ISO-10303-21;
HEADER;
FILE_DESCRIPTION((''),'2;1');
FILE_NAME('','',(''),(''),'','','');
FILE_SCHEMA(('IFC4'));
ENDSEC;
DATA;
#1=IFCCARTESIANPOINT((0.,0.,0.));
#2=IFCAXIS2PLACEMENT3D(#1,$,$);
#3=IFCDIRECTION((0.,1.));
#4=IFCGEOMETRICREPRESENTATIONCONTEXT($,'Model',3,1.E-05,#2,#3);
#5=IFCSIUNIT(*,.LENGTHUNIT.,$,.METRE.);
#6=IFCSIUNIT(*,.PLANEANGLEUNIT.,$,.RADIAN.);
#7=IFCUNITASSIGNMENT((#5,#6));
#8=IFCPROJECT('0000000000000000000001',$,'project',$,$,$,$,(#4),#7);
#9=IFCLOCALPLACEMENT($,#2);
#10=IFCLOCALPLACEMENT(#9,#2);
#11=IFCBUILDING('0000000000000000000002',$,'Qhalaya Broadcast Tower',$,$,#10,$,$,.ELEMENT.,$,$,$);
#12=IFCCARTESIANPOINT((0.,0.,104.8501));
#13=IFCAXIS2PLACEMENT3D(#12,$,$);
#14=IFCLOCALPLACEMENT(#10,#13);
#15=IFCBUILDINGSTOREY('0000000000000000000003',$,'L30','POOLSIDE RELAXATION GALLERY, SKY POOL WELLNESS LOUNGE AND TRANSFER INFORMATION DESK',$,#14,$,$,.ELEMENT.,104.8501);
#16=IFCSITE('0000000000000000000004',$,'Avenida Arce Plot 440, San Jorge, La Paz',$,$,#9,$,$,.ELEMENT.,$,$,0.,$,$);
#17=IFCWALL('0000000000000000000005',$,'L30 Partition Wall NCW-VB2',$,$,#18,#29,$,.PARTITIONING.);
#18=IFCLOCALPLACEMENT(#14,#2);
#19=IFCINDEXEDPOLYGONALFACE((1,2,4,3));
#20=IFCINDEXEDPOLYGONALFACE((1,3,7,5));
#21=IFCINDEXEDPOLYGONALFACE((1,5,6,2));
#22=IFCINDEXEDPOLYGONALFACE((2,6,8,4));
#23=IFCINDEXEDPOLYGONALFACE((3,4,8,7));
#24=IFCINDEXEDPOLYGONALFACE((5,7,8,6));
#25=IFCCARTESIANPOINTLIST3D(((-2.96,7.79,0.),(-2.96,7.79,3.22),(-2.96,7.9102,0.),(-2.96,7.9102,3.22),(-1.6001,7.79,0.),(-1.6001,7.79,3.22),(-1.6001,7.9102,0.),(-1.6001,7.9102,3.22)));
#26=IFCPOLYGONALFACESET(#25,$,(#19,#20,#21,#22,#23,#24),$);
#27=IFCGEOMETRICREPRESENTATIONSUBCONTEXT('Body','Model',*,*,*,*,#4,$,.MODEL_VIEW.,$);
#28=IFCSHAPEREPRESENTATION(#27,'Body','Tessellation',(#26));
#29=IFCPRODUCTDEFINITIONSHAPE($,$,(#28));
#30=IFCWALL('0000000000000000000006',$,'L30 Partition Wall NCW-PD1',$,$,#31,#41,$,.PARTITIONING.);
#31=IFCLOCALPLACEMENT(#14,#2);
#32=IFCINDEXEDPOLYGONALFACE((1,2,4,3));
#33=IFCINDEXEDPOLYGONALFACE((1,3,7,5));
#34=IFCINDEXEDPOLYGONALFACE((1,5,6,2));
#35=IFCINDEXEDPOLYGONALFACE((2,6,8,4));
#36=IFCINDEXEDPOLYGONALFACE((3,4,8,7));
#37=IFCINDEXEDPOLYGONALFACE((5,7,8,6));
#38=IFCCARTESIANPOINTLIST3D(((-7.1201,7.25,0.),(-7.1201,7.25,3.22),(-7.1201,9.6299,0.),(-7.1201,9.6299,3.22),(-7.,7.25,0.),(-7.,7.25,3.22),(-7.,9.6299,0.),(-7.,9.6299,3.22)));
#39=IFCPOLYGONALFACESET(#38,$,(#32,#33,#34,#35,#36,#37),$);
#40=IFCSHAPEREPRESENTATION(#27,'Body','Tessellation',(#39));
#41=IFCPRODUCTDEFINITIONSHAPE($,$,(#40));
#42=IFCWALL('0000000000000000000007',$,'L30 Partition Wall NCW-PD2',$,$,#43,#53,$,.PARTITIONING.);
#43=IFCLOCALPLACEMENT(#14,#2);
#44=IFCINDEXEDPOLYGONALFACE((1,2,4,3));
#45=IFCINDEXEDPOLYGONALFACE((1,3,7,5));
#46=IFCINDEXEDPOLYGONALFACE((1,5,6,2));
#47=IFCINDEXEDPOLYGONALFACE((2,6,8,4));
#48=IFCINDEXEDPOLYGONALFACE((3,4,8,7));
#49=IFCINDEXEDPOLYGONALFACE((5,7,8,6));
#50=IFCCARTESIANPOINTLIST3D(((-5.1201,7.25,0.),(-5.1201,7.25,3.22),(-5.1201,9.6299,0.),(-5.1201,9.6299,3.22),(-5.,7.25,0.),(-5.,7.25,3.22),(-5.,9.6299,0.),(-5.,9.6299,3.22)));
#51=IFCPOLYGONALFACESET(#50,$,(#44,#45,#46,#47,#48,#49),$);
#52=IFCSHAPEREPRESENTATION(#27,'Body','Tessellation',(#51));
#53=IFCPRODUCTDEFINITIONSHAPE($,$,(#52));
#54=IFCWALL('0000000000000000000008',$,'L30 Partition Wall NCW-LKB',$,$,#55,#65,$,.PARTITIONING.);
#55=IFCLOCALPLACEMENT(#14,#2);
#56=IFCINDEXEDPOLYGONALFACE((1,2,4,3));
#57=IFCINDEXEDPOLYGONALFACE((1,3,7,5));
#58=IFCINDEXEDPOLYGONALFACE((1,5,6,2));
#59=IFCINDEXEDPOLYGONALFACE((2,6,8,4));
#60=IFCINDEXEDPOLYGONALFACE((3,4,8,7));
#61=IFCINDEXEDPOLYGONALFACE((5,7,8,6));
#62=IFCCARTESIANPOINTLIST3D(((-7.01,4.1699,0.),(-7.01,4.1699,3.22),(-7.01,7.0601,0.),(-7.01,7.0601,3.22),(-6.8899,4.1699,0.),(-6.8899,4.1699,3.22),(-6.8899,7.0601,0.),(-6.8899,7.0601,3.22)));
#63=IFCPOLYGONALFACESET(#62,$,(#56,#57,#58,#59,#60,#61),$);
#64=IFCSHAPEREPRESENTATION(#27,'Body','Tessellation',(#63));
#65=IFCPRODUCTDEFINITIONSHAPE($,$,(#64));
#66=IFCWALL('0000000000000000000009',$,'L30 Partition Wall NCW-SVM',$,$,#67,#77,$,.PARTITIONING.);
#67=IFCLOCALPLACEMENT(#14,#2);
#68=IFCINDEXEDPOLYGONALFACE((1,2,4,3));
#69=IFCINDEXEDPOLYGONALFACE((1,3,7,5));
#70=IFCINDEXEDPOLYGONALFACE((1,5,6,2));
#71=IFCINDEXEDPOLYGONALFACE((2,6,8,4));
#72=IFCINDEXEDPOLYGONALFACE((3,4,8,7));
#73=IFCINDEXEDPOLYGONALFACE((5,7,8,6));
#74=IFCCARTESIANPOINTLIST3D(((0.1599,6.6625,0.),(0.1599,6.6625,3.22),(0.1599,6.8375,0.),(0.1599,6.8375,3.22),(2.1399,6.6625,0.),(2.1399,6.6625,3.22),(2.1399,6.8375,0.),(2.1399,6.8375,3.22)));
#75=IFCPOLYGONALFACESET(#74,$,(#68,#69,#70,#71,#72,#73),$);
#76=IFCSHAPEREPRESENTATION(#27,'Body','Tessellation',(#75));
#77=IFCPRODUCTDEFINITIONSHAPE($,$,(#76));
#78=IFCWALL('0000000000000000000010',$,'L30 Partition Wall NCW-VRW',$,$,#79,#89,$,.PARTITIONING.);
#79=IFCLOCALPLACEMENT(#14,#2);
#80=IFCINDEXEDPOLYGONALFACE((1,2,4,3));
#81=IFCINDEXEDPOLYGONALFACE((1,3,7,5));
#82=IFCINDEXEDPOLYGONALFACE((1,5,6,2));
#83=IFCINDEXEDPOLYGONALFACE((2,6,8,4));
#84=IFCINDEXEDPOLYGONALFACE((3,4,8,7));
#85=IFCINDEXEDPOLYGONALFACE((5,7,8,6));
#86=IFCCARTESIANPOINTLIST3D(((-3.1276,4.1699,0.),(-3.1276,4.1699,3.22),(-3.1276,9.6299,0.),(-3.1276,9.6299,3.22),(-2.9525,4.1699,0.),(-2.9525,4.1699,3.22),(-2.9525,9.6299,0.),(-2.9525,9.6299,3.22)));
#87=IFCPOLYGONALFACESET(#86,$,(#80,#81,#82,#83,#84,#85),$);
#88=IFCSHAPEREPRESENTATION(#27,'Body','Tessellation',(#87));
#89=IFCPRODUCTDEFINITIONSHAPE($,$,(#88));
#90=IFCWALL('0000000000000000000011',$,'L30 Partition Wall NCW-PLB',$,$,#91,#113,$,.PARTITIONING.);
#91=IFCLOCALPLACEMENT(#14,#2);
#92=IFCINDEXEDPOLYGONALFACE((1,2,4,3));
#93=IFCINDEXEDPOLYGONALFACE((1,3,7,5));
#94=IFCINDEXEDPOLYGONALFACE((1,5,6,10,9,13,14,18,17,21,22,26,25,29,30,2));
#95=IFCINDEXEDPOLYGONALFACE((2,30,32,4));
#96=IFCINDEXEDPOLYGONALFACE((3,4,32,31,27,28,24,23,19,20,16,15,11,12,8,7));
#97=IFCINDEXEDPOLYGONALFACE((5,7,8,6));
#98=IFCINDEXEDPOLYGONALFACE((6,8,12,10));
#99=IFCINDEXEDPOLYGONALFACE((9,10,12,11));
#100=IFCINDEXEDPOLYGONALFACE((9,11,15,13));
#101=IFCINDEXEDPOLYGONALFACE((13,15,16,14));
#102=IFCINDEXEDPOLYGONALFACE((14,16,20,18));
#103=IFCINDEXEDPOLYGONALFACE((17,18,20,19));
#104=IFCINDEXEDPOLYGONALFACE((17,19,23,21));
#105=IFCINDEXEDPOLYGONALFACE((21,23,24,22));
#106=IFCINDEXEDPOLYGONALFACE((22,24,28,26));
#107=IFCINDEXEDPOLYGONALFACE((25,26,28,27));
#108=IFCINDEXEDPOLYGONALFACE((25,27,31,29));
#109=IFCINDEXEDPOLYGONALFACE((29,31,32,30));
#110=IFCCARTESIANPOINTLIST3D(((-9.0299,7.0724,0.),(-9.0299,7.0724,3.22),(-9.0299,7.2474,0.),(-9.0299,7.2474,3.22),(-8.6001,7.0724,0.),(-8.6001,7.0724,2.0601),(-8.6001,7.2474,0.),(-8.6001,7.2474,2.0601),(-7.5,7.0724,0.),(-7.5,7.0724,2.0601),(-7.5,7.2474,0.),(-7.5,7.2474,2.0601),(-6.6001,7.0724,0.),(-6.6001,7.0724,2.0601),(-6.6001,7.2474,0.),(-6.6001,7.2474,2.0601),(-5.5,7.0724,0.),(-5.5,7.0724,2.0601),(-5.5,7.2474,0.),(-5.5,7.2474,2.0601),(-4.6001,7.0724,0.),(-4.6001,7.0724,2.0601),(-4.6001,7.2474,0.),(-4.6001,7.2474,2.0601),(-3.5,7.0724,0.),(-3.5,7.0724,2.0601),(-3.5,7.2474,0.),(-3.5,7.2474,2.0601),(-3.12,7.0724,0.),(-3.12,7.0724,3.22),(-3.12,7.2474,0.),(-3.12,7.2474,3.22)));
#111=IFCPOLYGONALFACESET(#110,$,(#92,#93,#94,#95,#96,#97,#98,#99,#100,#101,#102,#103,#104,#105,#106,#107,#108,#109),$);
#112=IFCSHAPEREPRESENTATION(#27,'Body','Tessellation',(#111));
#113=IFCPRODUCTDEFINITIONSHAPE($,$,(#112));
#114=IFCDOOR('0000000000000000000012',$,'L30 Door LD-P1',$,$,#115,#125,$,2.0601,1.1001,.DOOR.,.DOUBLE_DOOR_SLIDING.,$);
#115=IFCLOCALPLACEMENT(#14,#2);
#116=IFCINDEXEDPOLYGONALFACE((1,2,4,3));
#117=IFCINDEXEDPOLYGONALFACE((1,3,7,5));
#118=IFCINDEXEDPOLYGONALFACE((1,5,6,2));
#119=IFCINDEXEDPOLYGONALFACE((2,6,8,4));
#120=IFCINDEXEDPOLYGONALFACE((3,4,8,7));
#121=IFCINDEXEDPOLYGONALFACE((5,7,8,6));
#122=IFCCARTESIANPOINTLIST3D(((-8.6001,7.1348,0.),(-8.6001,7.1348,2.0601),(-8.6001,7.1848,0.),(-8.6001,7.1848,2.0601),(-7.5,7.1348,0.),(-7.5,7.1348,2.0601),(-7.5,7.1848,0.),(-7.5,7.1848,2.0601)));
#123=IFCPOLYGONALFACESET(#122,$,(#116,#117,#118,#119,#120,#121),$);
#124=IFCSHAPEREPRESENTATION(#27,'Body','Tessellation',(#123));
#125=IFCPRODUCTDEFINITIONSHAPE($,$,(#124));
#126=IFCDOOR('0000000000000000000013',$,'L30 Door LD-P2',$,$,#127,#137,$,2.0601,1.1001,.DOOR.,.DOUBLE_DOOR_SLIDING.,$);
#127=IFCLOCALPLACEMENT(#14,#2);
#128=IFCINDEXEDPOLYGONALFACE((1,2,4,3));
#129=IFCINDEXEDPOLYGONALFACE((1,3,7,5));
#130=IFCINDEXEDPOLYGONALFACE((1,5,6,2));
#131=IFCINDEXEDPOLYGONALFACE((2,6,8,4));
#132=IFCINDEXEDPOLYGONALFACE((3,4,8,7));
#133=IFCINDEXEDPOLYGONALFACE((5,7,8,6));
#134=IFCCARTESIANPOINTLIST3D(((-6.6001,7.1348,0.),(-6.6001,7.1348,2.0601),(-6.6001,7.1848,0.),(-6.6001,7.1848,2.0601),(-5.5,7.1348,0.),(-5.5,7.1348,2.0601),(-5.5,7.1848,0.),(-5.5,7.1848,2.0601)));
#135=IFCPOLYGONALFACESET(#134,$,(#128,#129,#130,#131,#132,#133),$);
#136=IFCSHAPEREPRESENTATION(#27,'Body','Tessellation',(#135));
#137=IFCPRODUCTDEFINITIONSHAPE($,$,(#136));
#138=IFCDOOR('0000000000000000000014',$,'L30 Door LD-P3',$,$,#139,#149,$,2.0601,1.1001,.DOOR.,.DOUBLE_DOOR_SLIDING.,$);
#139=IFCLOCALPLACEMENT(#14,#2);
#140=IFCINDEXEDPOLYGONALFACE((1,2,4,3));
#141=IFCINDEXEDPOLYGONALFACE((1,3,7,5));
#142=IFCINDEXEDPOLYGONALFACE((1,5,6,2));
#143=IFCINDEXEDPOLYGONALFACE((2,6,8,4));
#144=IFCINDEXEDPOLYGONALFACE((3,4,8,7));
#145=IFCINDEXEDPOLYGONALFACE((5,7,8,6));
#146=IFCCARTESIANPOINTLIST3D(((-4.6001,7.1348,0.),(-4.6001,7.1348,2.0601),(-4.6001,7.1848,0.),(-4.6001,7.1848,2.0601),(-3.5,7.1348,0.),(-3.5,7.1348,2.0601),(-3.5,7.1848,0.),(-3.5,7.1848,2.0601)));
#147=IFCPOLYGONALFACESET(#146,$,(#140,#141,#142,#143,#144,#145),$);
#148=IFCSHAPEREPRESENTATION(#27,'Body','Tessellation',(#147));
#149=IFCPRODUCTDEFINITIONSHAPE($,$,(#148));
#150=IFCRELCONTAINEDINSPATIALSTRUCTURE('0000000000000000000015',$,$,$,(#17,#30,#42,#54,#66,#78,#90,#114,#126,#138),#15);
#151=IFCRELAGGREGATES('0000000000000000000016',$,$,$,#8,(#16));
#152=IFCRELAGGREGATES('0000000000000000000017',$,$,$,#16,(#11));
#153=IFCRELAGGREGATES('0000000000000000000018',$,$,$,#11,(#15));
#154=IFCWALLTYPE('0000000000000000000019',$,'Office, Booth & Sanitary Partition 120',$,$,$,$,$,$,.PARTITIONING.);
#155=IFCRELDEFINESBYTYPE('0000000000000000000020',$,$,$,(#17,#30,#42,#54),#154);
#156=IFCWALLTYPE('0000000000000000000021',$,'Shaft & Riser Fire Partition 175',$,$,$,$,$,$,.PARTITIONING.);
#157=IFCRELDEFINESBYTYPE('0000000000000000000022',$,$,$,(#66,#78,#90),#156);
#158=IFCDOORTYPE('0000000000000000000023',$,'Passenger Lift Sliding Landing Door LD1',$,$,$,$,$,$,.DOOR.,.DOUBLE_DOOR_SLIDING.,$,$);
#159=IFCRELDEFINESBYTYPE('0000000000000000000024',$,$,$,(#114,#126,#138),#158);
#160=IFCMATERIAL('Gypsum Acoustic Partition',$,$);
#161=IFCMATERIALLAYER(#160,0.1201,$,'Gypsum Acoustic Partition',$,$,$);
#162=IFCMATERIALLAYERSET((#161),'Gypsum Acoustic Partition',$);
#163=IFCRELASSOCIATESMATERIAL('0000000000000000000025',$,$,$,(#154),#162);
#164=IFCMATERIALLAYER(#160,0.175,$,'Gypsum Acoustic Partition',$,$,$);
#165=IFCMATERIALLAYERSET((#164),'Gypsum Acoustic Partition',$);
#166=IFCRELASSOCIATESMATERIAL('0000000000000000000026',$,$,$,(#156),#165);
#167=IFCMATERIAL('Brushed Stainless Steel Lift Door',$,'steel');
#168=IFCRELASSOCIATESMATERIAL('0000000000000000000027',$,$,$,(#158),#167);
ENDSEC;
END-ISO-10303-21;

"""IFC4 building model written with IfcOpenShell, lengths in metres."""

from ifc_helpers import new_model, si_unit, direction, frame, frame_2d, origin, place, context, subcontext, project, spatial, rectangle, extrude, material, layer, layer_set, type_object, element, fill, save


model = new_model("IFC4")

# Units and contexts
model_context = context("Model", 3, precision=1e-05, world=origin(), true_north=direction((0.0, 1.0)))
body_context = subcontext(model_context, "Body", "Model", "MODEL_VIEW")
ifc_project = project(units=[si_unit("LENGTHUNIT", "METRE"), si_unit("PLANEANGLEUNIT", "RADIAN")], contexts=[model_context])

# Site, building, storey
site_placement = place(None, origin())
site = spatial("IfcSite", under=ifc_project, at=site_placement, Name="Avenida Arce Plot 440, San Jorge, La Paz", CompositionType="ELEMENT", RefElevation=0.0)
building_placement = place(site_placement, origin())
building = spatial("IfcBuilding", under=site, at=building_placement, Name="Qhalaya Broadcast Tower", CompositionType="ELEMENT")
storey_placement = place(building_placement, frame((0.0, 0.0, 104.8501)))
storey = spatial("IfcBuildingStorey", under=building, at=storey_placement, Name="L30", Description="POOLSIDE RELAXATION GALLERY, SKY POOL WELLNESS LOUNGE AND TRANSFER INFORMATION DESK", CompositionType="ELEMENT", Elevation=104.8501)

# Shared definitions
ifc_material_1 = material(Name="Gypsum Acoustic Partition")

# Walls
ifc_layer_1 = layer(ifc_material_1, 0.1201, Name="Gypsum Acoustic Partition")
ifc_layer_set_1 = layer_set([ifc_layer_1], Name="Gypsum Acoustic Partition")
wall_type_1 = type_object("IfcWallType", Name="Office, Booth & Sanitary Partition 120", PredefinedType="PARTITIONING", material=ifc_layer_set_1)
for number, where, z_axis, x_axis, name in (
    (1, (-2.96, 7.8501, 0.0), (0.0, 0.0, 1.0), (1.0, 0.0, 0.0), "L30 Partition Wall NCW-VB2"),
):
    element("IfcWall", number, at=place(storey_placement, frame(where, z_axis=z_axis, x_axis=x_axis)), inside=storey, type_object=wall_type_1, Name=name, PredefinedType="PARTITIONING", context=body_context, shape_type="SweptSolid", body=[
        extrude(rectangle(XDim=1.3599, YDim=0.1201, at=frame_2d((0.6799, 0.0))), origin(), (0.0, 0.0, 1.0), 3.22),
    ])
for number, where, z_axis, x_axis, name in (
    (2, (-7.0601, 7.25, 0.0), (0.0, 0.0, 1.0), (0.0, 1.0, 0.0), "L30 Partition Wall NCW-PD1"),
    (3, (-5.0601, 7.25, 0.0), (0.0, 0.0, 1.0), (0.0, 1.0, 0.0), "L30 Partition Wall NCW-PD2"),
):
    element("IfcWall", number, at=place(storey_placement, frame(where, z_axis=z_axis, x_axis=x_axis)), inside=storey, type_object=wall_type_1, Name=name, PredefinedType="PARTITIONING", context=body_context, shape_type="SweptSolid", body=[
        extrude(rectangle(XDim=2.3799, YDim=0.1201, at=frame_2d((1.1899, 0.0))), origin(), (0.0, 0.0, 1.0), 3.22),
    ])
wall_1_placement = place(storey_placement, frame((-6.95, 4.1699, 0.0), z_axis=(0.0, 0.0, 1.0), x_axis=(0.0, 1.0, 0.0)))
element("IfcWall", 4, at=wall_1_placement, inside=storey, type_object=wall_type_1, Name="L30 Partition Wall NCW-LKB", PredefinedType="PARTITIONING", context=body_context, shape_type="SweptSolid", body=[
    extrude(rectangle(XDim=2.8901, YDim=0.1201, at=frame_2d((1.4451, 0.0))), origin(), (0.0, 0.0, 1.0), 3.22),
])

# Shared definitions
ifc_layer_2 = layer(ifc_material_1, 0.175, Name="Gypsum Acoustic Partition")
ifc_layer_set_2 = layer_set([ifc_layer_2], Name="Gypsum Acoustic Partition")
wall_type_2 = type_object("IfcWallType", Name="Shaft & Riser Fire Partition 175", PredefinedType="PARTITIONING", material=ifc_layer_set_2)
ifc_material_2 = material(Name="Brushed Stainless Steel Lift Door", Category="steel")

# Walls
wall_2_placement = place(storey_placement, frame((0.1599, 6.75, 0.0), z_axis=(0.0, 0.0, 1.0), x_axis=(1.0, 0.0, 0.0)))
element("IfcWall", 5, at=wall_2_placement, inside=storey, type_object=wall_type_2, Name="L30 Partition Wall NCW-SVM", PredefinedType="PARTITIONING", context=body_context, shape_type="SweptSolid", body=[
    extrude(rectangle(XDim=1.98, YDim=0.175, at=frame_2d((0.99, 0.0))), origin(), (0.0, 0.0, 1.0), 3.22),
])
wall_3_placement = place(storey_placement, frame((-3.04, 4.1699, 0.0), z_axis=(0.0, 0.0, 1.0), x_axis=(0.0, 1.0, 0.0)))
element("IfcWall", 6, at=wall_3_placement, inside=storey, type_object=wall_type_2, Name="L30 Partition Wall NCW-VRW", PredefinedType="PARTITIONING", context=body_context, shape_type="SweptSolid", body=[
    extrude(rectangle(XDim=5.46, YDim=0.175, at=frame_2d((2.73, 0.0))), origin(), (0.0, 0.0, 1.0), 3.22),
])

# Wall, openings, doors
wall_4_placement = place(storey_placement, frame((-9.03, 7.1599, 0.0), z_axis=(0.0, 0.0, 1.0), x_axis=(1.0, 0.0, 0.0)))
wall_4 = element("IfcWall", 7, at=wall_4_placement, inside=storey, type_object=wall_type_2, Name="L30 Partition Wall NCW-PLB", PredefinedType="PARTITIONING", context=body_context, shape_type="SweptSolid", body=[
    extrude(rectangle(XDim=5.9099, YDim=0.175, at=frame_2d((2.9551, 0.0))), origin(), (0.0, 0.0, 1.0), 3.22),
])
opening_1_placement = place(wall_4_placement, frame((0.4299, 0.0, 0.0)))
opening_1 = element("IfcOpeningElement", 8, at=opening_1_placement, cuts=wall_4, PredefinedType="OPENING", context=body_context, shape_type="SweptSolid", body=[
    extrude(rectangle(XDim=1.1001, YDim=2.0601, at=frame_2d((0.55, 1.03))), frame((0.0, 0.0996, 0.0), z_axis=(0.0, -1.0, 0.0), x_axis=(1.0, 0.0, 0.0)), (0.0, 0.0, 1.0), 0.199),
])
opening_2_placement = place(wall_4_placement, frame((2.4299, 0.0, 0.0)))
opening_2 = element("IfcOpeningElement", 9, at=opening_2_placement, cuts=wall_4, PredefinedType="OPENING", context=body_context, shape_type="SweptSolid", body=[
    extrude(rectangle(XDim=1.1001, YDim=2.0601, at=frame_2d((0.55, 1.03))), frame((0.0, 0.0996, 0.0), z_axis=(0.0, -1.0, 0.0), x_axis=(1.0, 0.0, 0.0)), (0.0, 0.0, 1.0), 0.199),
])
opening_3_placement = place(wall_4_placement, frame((4.4299, 0.0, 0.0)))
opening_3 = element("IfcOpeningElement", 10, at=opening_3_placement, cuts=wall_4, PredefinedType="OPENING", context=body_context, shape_type="SweptSolid", body=[
    extrude(rectangle(XDim=1.1001, YDim=2.0601, at=frame_2d((0.55, 1.03))), frame((0.0, 0.0996, 0.0), z_axis=(0.0, -1.0, 0.0), x_axis=(1.0, 0.0, 0.0)), (0.0, 0.0, 1.0), 0.199),
])
door_type_1 = type_object("IfcDoorType", Name="Passenger Lift Sliding Landing Door LD1", OperationType="DOUBLE_DOOR_SLIDING", PredefinedType="DOOR", material=ifc_material_2)
door_1_placement = place(opening_1_placement, origin())
door_1 = element("IfcDoor", 11, at=door_1_placement, inside=storey, type_object=door_type_1, Name="L30 Door LD-P1", OperationType="DOUBLE_DOOR_SLIDING", OverallHeight=2.0601, OverallWidth=1.1001, PredefinedType="DOOR", context=body_context, shape_type="SweptSolid", body=[
    extrude(rectangle(XDim=1.1001, YDim=2.0601, at=frame_2d((0.55, 1.03))), frame((0.0, 0.0249, 0.0), z_axis=(0.0, -1.0, 0.0), x_axis=(1.0, 0.0, 0.0)), (0.0, 0.0, 1.0), 0.05),
])
fill(opening_1, door_1)
door_2_placement = place(opening_2_placement, origin())
door_2 = element("IfcDoor", 12, at=door_2_placement, inside=storey, type_object=door_type_1, Name="L30 Door LD-P2", OperationType="DOUBLE_DOOR_SLIDING", OverallHeight=2.0601, OverallWidth=1.1001, PredefinedType="DOOR", context=body_context, shape_type="SweptSolid", body=[
    extrude(rectangle(XDim=1.1001, YDim=2.0601, at=frame_2d((0.55, 1.03))), frame((0.0, 0.0249, 0.0), z_axis=(0.0, -1.0, 0.0), x_axis=(1.0, 0.0, 0.0)), (0.0, 0.0, 1.0), 0.05),
])
fill(opening_2, door_2)
door_3_placement = place(opening_3_placement, origin())
door_3 = element("IfcDoor", 13, at=door_3_placement, inside=storey, type_object=door_type_1, Name="L30 Door LD-P3", OperationType="DOUBLE_DOOR_SLIDING", OverallHeight=2.0601, OverallWidth=1.1001, PredefinedType="DOOR", context=body_context, shape_type="SweptSolid", body=[
    extrude(rectangle(XDim=1.1001, YDim=2.0601, at=frame_2d((0.55, 1.03))), frame((0.0, 0.0249, 0.0), z_axis=(0.0, -1.0, 0.0), x_axis=(1.0, 0.0, 0.0)), (0.0, 0.0, 1.0), 0.05),
])
fill(opening_3, door_3)

save(model, "model.ifc")
